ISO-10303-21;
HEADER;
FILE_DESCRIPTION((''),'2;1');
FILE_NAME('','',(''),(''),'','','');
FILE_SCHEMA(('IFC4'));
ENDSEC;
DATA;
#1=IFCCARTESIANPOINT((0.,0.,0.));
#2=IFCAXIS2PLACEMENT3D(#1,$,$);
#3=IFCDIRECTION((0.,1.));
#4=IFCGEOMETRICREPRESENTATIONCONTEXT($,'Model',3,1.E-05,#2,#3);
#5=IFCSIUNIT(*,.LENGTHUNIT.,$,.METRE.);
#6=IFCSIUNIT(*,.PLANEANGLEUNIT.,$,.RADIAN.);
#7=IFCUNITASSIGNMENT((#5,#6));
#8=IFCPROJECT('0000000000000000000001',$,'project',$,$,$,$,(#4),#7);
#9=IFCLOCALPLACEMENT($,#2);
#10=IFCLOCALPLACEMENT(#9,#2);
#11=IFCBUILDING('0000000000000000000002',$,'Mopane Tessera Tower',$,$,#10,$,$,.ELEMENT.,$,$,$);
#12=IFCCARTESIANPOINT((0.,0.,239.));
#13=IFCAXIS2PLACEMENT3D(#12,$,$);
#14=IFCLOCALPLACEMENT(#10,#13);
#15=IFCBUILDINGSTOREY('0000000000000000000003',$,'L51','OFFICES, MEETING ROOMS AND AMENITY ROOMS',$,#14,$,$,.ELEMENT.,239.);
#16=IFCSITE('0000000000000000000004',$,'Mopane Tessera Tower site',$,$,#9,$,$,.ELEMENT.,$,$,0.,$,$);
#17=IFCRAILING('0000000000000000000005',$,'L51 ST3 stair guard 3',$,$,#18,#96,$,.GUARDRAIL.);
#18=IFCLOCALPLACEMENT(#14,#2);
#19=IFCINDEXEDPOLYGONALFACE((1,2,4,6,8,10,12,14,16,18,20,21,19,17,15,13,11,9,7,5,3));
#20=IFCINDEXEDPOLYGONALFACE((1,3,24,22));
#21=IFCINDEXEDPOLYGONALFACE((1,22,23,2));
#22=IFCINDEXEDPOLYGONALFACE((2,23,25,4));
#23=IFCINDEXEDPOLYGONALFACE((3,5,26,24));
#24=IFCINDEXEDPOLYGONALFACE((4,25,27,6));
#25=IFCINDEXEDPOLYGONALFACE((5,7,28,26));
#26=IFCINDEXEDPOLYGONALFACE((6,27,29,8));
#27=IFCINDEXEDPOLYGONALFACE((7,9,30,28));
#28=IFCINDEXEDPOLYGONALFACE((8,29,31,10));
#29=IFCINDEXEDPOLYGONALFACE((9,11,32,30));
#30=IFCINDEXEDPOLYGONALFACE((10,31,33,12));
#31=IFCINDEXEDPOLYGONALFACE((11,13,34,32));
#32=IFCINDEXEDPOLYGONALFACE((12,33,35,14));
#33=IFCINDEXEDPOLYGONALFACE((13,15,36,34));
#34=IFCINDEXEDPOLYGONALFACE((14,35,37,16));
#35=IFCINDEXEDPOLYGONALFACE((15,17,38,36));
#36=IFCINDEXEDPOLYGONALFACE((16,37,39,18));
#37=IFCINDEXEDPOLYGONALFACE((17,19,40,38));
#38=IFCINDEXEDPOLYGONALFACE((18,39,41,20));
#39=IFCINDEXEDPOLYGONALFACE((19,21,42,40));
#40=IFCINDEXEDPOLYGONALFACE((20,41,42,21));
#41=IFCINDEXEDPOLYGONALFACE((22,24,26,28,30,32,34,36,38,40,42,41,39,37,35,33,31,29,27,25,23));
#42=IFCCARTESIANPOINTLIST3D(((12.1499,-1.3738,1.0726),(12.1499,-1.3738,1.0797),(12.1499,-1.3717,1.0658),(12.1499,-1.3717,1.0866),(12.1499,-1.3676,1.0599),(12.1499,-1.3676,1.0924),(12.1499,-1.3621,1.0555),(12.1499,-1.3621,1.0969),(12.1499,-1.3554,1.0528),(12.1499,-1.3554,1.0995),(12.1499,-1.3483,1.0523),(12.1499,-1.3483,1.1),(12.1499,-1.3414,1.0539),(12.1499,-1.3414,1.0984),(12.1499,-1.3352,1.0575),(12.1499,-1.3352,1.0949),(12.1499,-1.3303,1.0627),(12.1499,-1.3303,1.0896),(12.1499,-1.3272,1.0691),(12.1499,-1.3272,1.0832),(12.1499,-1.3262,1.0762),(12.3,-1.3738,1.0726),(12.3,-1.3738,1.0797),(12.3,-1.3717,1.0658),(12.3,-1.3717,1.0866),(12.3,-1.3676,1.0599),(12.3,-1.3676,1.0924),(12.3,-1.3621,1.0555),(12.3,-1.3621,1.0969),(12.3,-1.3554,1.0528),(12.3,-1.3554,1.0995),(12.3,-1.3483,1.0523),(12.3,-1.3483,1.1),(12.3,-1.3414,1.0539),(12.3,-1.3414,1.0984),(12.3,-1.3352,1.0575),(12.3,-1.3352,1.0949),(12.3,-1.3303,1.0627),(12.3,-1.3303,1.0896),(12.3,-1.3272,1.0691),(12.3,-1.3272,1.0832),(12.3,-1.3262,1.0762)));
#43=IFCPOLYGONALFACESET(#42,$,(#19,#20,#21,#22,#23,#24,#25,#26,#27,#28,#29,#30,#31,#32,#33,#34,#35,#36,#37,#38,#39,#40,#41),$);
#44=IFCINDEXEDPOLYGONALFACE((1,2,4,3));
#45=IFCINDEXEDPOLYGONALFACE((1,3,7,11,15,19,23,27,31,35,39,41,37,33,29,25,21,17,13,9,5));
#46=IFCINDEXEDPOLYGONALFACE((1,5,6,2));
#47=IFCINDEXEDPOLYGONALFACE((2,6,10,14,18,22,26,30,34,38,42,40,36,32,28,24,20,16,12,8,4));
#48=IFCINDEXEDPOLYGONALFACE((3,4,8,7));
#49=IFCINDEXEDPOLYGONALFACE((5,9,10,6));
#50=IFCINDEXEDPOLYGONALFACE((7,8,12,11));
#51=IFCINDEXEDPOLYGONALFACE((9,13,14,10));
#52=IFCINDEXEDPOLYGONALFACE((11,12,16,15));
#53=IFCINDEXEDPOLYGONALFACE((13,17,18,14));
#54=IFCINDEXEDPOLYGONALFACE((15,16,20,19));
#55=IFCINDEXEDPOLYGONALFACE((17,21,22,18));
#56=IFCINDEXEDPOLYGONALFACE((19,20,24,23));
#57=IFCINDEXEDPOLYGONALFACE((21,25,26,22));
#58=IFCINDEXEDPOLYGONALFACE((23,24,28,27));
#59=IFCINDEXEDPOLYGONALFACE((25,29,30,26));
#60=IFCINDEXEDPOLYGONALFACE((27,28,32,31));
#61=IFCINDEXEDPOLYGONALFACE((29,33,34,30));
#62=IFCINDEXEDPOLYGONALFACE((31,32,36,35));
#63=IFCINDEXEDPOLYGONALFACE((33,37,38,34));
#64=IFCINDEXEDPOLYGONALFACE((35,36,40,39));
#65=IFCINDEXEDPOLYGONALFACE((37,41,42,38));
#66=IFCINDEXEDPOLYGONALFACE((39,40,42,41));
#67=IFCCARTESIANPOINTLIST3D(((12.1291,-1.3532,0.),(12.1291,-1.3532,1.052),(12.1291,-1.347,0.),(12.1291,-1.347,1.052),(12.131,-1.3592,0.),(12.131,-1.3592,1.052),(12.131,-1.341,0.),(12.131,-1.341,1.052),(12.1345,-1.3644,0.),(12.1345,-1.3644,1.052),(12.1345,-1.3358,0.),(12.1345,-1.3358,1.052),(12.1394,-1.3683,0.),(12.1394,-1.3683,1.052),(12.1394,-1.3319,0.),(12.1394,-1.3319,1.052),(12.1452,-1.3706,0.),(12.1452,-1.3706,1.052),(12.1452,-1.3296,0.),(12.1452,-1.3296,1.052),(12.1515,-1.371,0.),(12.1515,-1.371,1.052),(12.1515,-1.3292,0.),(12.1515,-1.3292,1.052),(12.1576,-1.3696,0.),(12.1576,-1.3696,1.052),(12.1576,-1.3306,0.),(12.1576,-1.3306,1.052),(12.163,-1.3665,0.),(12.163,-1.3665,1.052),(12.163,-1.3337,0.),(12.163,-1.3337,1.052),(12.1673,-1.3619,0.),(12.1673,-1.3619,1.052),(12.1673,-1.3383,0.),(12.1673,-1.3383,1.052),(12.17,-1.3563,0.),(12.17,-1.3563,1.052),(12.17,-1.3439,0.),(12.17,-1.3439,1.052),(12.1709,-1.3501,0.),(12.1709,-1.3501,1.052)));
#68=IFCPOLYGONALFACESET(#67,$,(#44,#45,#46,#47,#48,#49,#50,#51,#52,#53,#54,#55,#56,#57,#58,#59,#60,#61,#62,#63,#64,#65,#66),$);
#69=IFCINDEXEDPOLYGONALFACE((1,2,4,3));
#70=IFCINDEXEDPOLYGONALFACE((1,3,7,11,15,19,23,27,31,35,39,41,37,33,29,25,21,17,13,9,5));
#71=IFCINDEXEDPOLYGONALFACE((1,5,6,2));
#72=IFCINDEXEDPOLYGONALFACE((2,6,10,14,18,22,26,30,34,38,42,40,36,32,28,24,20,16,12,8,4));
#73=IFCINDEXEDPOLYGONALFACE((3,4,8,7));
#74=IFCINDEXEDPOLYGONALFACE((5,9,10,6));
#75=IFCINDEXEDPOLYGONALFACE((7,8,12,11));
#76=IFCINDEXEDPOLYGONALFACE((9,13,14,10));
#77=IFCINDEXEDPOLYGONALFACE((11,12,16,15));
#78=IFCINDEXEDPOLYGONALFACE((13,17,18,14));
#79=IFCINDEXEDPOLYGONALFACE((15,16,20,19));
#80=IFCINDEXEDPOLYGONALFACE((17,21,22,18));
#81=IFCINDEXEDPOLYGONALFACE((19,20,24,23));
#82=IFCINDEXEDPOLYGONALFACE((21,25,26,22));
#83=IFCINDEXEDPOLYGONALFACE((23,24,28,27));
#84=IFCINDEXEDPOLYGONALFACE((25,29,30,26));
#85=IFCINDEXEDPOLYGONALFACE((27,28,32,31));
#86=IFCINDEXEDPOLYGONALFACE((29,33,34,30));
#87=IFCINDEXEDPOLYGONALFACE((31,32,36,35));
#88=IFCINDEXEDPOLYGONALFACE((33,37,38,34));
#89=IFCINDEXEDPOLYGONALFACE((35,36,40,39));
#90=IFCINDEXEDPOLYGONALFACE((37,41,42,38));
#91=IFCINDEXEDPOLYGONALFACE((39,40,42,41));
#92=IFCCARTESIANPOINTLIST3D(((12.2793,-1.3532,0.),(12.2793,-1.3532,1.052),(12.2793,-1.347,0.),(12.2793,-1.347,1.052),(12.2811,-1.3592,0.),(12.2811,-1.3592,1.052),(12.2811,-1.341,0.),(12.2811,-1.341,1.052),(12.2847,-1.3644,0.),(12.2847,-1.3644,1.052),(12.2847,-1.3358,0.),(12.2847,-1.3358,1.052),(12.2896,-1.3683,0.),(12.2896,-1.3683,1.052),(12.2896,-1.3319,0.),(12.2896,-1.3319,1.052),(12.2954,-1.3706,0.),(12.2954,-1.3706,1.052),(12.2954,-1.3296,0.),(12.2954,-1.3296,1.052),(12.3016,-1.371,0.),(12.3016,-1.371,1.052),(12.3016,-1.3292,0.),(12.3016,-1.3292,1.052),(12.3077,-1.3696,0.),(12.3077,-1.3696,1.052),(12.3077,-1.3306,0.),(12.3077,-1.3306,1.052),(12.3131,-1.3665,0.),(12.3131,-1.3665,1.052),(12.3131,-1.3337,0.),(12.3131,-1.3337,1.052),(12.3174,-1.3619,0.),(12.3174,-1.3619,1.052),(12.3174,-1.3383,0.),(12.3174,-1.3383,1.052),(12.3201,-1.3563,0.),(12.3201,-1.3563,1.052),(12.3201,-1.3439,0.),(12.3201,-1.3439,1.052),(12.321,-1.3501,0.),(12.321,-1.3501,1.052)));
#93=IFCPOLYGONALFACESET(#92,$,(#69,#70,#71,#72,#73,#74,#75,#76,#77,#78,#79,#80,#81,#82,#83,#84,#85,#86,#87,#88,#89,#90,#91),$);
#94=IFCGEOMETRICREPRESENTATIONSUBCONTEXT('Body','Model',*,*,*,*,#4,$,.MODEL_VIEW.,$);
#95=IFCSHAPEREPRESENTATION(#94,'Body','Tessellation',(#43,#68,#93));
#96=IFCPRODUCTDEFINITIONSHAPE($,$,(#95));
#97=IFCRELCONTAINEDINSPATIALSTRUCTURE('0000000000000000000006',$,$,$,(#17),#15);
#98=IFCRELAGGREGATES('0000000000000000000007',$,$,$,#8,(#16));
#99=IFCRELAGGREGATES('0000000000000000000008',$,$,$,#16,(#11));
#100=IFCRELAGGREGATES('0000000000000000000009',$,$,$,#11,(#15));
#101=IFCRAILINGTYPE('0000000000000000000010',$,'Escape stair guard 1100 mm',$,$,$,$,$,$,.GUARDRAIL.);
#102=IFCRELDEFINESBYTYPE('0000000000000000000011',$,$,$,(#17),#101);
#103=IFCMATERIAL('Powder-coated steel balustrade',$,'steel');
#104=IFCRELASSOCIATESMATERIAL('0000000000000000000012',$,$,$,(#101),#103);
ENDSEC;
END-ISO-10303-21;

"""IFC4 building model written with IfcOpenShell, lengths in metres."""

from ifc_helpers import new_model, si_unit, direction, frame, origin, origin_2d, place, context, subcontext, project, spatial, circle, extrude, material, type_object, element, save


model = new_model("IFC4")

# Units and contexts
model_context = context("Model", 3, precision=1e-05, world=origin(), true_north=direction((0.0, 1.0)))
body_context = subcontext(model_context, "Body", "Model", "MODEL_VIEW")
ifc_project = project(units=[si_unit("LENGTHUNIT", "METRE"), si_unit("PLANEANGLEUNIT", "RADIAN")], contexts=[model_context])

# Site, building, storey
site_placement = place(None, origin())
site = spatial("IfcSite", under=ifc_project, at=site_placement, Name="Mopane Tessera Tower site", CompositionType="ELEMENT", RefElevation=0.0)
building_placement = place(site_placement, origin())
building = spatial("IfcBuilding", under=site, at=building_placement, Name="Mopane Tessera Tower", CompositionType="ELEMENT")
storey_placement = place(building_placement, frame((0.0, 0.0, 239.0)))
storey = spatial("IfcBuildingStorey", under=building, at=storey_placement, Name="L51", Description="OFFICES, MEETING ROOMS AND AMENITY ROOMS", CompositionType="ELEMENT", Elevation=239.0)

# Railing
ifc_material_1 = material(Name="Powder-coated steel balustrade", Category="steel")
railing_type_1 = type_object("IfcRailingType", Name="Escape stair guard 1100 mm", PredefinedType="GUARDRAIL", material=ifc_material_1)
railing_1_placement = place(storey_placement, frame((12.1499, -1.3501, 0.0)))
element("IfcRailing", 1, at=railing_1_placement, inside=storey, type_object=railing_type_1, Name="L51 ST3 stair guard 3", PredefinedType="GUARDRAIL", context=body_context, shape_type="SweptSolid", body=[
    extrude(circle(Radius=0.0239, at=origin_2d()), frame((0.0, 0.0, 1.0762), z_axis=(1.0, 0.0, 0.0), x_axis=(0.0, 1.0, 0.0)), (0.0, 0.0, 1.0), 0.1501),
    extrude(circle(Radius=0.021, at=origin_2d()), origin(), (0.0, 0.0, 1.0), 1.052),
    extrude(circle(Radius=0.021, at=origin_2d()), frame((0.1501, 0.0, 0.0)), (0.0, 0.0, 1.0), 1.052),
])

save(model, "model.ifc")
